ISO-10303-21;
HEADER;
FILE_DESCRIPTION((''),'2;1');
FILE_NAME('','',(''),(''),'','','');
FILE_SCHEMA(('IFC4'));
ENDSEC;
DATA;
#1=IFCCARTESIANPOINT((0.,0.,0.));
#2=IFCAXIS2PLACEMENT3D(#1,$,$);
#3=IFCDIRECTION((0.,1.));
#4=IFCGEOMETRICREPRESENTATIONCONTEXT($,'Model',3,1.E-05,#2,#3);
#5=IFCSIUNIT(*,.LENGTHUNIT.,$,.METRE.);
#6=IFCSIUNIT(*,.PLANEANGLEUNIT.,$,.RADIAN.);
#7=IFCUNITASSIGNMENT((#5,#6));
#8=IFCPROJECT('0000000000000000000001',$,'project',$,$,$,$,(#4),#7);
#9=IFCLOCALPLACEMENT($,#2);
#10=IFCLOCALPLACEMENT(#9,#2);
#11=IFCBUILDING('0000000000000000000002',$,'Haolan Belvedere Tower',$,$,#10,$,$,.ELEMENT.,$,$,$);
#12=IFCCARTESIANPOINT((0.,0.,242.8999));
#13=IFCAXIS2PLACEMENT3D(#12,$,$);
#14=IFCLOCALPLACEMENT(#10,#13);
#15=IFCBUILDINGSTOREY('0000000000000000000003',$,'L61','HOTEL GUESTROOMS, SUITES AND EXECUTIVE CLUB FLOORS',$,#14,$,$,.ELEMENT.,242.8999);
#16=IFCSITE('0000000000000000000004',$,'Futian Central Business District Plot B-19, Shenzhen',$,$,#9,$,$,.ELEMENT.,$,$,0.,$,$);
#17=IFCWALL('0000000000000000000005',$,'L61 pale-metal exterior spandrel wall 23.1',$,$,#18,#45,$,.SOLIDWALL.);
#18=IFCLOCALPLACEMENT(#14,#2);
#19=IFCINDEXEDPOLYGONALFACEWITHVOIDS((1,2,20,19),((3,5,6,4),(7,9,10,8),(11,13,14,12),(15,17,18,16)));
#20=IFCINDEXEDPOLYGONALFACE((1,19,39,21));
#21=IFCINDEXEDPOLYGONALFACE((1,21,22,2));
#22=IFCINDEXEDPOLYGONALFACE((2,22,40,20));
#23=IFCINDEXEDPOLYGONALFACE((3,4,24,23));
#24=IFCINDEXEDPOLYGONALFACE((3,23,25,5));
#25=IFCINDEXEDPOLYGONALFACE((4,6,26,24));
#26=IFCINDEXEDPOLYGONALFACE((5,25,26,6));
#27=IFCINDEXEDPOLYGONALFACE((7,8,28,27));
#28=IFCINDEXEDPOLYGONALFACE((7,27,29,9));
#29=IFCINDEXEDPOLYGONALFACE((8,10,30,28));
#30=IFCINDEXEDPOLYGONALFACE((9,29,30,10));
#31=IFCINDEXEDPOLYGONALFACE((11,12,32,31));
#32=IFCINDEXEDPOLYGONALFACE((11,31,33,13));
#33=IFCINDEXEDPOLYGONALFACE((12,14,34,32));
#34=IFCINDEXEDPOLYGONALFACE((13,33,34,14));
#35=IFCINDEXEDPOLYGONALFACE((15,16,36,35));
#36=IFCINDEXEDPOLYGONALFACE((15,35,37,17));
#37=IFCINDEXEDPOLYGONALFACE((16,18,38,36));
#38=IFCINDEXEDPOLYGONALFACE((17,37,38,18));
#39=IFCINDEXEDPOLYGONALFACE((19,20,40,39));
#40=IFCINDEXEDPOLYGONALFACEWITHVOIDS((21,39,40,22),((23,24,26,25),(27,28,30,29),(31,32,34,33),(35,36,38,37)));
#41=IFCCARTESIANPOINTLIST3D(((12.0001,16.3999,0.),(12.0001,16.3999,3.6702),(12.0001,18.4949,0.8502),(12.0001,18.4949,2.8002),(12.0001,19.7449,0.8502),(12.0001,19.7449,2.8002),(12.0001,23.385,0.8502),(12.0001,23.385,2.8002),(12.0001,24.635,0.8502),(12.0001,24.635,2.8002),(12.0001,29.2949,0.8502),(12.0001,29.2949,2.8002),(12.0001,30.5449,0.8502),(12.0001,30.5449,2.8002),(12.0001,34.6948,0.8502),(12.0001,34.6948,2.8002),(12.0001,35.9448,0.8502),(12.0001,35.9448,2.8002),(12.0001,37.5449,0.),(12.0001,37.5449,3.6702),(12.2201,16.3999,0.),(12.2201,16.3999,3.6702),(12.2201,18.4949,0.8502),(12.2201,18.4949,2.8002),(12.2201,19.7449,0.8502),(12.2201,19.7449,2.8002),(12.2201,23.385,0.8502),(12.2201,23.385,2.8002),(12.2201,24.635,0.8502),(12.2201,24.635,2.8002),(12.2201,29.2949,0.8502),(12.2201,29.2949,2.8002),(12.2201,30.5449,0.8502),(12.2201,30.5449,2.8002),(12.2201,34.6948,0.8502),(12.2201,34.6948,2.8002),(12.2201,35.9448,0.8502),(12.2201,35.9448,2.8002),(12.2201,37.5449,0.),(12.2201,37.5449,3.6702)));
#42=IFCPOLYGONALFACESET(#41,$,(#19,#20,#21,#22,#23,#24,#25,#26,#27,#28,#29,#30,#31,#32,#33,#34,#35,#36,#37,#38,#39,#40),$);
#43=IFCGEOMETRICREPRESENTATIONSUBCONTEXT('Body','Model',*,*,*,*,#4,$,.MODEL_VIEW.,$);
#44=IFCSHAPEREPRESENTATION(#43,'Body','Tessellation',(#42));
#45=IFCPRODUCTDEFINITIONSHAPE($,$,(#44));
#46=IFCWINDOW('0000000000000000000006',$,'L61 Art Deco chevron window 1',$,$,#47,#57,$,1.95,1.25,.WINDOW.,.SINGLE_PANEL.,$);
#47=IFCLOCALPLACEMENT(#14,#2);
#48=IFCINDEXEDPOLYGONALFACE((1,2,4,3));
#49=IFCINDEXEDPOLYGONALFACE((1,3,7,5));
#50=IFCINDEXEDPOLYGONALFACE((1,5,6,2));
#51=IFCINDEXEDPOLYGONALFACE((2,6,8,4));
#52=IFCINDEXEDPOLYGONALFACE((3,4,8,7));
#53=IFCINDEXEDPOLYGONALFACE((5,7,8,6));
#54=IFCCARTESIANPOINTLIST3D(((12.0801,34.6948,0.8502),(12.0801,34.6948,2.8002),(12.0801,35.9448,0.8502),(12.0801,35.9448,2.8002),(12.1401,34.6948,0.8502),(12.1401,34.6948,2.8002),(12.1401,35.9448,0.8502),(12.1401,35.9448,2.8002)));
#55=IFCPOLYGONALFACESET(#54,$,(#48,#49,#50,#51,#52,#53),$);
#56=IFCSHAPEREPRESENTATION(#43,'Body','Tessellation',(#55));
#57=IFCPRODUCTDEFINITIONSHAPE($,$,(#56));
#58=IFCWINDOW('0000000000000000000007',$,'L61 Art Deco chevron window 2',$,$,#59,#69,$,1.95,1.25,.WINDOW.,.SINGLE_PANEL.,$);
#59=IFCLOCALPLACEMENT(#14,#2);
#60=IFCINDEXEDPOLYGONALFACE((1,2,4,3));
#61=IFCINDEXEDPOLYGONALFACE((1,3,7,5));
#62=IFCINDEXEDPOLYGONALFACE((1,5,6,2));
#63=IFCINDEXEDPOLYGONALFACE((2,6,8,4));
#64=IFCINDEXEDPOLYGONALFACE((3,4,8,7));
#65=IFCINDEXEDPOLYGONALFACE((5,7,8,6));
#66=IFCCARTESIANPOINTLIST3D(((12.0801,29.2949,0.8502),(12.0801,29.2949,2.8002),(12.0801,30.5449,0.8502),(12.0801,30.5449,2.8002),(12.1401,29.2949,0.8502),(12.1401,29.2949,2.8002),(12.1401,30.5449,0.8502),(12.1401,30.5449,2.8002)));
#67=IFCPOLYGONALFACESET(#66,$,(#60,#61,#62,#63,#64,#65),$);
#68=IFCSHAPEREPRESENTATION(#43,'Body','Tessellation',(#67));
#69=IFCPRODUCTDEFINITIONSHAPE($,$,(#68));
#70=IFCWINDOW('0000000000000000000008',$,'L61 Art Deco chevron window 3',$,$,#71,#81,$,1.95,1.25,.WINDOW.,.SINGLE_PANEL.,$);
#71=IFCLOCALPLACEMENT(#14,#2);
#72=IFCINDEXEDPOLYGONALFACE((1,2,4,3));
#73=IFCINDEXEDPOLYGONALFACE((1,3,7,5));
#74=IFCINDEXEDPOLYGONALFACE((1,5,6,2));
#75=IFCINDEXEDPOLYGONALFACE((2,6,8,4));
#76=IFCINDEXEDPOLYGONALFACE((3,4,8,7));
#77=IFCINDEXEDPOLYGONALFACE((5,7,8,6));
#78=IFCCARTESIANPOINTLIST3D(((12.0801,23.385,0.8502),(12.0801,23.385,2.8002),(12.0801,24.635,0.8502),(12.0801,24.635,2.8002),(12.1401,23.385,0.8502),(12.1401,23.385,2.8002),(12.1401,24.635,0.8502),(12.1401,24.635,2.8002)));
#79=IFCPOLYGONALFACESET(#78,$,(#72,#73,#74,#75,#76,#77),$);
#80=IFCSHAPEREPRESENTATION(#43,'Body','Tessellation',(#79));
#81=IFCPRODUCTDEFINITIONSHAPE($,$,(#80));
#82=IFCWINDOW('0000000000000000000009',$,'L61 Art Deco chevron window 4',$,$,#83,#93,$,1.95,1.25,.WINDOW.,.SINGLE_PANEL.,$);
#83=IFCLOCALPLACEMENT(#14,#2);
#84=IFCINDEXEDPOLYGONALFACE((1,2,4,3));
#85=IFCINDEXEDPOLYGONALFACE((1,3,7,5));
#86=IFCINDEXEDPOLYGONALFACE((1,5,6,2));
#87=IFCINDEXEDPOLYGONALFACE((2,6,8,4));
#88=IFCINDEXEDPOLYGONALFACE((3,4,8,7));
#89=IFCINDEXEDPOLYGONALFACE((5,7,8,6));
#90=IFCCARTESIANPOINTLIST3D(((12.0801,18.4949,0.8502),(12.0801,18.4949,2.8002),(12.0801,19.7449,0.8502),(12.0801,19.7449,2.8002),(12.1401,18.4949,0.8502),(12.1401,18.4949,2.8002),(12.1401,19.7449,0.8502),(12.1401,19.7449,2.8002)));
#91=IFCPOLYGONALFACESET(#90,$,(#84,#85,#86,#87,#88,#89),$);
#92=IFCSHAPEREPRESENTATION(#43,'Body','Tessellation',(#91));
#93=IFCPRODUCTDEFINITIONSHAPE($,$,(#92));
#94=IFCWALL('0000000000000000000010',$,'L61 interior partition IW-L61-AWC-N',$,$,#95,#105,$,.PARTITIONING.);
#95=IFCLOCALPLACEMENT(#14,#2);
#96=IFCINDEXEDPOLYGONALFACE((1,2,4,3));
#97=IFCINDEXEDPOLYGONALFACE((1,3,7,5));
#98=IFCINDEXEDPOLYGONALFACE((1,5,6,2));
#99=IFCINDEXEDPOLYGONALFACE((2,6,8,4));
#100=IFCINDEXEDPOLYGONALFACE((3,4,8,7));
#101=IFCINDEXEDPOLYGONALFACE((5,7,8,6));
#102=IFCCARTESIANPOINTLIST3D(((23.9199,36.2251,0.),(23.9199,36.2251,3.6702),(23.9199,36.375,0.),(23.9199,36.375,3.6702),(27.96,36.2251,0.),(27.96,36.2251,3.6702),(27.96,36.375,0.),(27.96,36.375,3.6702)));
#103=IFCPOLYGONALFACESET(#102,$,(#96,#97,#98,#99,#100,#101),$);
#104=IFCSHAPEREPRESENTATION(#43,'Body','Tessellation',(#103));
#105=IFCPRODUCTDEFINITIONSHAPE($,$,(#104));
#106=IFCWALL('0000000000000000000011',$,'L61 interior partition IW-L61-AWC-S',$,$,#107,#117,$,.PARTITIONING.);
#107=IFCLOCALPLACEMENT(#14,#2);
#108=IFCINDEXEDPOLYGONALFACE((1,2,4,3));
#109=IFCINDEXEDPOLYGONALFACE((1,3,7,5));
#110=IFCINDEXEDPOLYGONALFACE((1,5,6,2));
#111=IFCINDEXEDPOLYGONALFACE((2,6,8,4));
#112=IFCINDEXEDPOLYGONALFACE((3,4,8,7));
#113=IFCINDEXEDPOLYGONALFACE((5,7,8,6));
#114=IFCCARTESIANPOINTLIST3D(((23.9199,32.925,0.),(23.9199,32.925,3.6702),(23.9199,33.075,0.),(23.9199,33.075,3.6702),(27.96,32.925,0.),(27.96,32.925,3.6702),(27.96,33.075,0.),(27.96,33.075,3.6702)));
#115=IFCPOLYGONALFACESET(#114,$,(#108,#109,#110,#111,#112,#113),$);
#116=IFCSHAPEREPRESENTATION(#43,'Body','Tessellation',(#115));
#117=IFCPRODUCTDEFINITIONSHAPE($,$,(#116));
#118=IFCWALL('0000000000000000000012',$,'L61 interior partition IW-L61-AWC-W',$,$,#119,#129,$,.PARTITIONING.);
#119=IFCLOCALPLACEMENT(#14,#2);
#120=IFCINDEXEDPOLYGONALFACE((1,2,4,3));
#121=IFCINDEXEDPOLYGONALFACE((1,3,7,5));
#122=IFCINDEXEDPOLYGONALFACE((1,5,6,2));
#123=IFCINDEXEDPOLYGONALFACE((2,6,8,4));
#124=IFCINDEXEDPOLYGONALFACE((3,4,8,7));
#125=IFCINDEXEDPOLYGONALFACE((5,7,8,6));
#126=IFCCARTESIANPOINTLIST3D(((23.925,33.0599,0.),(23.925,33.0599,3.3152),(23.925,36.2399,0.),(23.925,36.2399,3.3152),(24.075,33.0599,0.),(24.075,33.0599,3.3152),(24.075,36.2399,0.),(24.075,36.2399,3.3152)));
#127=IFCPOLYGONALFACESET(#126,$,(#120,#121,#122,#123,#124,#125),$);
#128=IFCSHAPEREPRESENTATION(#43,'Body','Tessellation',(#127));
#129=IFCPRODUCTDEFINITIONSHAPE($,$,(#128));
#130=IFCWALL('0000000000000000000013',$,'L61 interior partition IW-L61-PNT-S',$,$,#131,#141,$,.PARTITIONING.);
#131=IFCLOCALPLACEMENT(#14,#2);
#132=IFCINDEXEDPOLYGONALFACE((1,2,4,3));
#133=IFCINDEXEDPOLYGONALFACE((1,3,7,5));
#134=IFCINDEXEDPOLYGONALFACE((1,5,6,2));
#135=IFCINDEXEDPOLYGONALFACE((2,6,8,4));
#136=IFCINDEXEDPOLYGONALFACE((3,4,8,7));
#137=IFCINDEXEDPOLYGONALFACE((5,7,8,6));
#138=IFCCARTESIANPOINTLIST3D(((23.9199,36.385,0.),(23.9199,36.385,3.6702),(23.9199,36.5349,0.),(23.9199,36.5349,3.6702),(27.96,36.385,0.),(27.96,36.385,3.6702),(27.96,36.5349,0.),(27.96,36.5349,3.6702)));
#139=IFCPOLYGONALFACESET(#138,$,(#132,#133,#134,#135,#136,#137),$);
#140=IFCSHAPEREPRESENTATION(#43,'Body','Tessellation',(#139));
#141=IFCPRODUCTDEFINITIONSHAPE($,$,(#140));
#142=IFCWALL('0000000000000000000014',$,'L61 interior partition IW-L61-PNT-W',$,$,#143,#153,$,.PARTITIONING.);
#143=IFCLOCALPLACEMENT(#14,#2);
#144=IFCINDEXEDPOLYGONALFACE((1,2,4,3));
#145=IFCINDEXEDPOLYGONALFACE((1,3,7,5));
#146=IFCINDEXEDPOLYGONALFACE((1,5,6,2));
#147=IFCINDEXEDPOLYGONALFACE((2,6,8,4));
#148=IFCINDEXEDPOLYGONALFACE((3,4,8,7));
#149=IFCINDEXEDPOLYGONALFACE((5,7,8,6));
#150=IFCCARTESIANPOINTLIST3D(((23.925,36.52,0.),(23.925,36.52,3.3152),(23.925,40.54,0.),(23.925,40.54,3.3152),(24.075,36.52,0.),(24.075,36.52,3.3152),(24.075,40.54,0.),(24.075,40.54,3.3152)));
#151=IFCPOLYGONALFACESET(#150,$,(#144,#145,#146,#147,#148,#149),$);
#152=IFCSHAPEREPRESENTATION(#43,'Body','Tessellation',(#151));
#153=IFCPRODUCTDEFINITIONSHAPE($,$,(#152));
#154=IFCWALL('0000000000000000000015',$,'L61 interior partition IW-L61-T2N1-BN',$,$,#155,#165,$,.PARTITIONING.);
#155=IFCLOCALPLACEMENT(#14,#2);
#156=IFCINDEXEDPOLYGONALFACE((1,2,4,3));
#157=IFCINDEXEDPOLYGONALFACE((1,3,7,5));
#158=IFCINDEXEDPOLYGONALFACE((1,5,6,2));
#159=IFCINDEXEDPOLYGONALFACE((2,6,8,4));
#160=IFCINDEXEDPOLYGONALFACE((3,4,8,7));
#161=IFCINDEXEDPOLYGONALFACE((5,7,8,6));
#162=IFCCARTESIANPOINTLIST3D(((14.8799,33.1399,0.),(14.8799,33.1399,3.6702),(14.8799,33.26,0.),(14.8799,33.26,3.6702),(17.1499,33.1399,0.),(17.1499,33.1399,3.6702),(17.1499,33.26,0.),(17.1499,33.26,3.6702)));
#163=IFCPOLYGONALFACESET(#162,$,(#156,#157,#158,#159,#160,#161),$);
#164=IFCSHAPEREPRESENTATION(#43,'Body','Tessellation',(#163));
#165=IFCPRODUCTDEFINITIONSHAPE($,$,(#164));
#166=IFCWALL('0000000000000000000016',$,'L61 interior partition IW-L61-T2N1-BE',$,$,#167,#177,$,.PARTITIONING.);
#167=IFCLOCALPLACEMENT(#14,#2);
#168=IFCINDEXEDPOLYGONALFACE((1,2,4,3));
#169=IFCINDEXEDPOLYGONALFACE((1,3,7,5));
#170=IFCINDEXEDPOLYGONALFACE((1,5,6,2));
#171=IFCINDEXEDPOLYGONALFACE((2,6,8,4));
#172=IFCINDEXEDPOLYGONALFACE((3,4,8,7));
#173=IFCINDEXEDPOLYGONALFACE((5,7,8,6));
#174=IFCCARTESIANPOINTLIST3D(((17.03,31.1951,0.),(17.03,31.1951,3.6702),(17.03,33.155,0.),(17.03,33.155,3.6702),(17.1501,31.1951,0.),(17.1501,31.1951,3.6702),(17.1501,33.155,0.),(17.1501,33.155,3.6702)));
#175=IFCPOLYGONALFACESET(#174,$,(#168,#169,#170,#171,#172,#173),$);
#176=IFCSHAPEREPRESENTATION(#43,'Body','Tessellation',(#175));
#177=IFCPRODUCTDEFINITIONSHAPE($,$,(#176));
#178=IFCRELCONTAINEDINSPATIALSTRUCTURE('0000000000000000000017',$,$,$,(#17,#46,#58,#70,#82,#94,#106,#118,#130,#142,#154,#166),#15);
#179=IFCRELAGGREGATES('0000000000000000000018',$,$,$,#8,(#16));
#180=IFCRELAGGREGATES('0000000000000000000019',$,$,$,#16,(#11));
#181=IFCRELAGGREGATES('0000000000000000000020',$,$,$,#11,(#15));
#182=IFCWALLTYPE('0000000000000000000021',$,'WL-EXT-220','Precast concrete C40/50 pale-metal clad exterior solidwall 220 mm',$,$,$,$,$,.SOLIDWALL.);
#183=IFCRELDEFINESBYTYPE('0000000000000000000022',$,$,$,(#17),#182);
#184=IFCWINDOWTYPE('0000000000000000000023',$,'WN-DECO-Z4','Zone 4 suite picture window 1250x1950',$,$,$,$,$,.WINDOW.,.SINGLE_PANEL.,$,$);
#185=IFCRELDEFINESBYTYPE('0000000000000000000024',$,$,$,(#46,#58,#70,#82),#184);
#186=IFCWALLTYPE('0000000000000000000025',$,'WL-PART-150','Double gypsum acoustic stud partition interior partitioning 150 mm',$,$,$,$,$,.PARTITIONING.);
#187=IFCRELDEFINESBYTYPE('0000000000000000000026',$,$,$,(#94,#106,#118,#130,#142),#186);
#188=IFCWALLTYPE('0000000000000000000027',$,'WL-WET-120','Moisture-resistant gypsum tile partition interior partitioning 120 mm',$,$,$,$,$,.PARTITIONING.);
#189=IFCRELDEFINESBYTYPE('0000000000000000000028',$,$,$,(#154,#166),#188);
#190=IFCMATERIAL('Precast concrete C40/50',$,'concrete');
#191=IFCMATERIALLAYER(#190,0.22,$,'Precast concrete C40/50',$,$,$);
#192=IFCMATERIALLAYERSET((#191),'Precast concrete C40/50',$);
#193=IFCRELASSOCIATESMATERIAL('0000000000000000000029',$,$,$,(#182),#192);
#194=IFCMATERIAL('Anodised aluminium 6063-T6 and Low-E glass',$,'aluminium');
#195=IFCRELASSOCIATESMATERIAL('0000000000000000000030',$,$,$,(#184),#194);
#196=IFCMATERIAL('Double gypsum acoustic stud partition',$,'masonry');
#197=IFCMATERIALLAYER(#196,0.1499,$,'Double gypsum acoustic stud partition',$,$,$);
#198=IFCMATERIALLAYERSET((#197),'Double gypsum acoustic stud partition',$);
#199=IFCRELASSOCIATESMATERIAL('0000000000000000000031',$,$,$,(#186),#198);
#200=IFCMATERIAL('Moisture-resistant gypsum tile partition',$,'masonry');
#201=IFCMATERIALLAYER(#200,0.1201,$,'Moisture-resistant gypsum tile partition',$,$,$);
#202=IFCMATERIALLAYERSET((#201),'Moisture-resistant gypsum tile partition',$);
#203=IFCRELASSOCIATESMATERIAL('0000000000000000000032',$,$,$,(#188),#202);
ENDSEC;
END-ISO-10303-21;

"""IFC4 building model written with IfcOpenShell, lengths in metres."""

from ifc_helpers import new_model, si_unit, direction, frame, frame_2d, origin, place, context, subcontext, project, spatial, rectangle, extrude, material, layer, layer_set, type_object, element, fill, save


model = new_model("IFC4")

# Units and contexts
model_context = context("Model", 3, precision=1e-05, world=origin(), true_north=direction((0.0, 1.0)))
body_context = subcontext(model_context, "Body", "Model", "MODEL_VIEW")
ifc_project = project(units=[si_unit("LENGTHUNIT", "METRE"), si_unit("PLANEANGLEUNIT", "RADIAN")], contexts=[model_context])

# Site, building, storey
site_placement = place(None, origin())
site = spatial("IfcSite", under=ifc_project, at=site_placement, Name="Futian Central Business District Plot B-19, Shenzhen", CompositionType="ELEMENT", RefElevation=0.0)
building_placement = place(site_placement, origin())
building = spatial("IfcBuilding", under=site, at=building_placement, Name="Haolan Belvedere Tower", CompositionType="ELEMENT")
storey_placement = place(building_placement, frame((0.0, 0.0, 242.8999)))
storey = spatial("IfcBuildingStorey", under=building, at=storey_placement, Name="L61", Description="HOTEL GUESTROOMS, SUITES AND EXECUTIVE CLUB FLOORS", CompositionType="ELEMENT", Elevation=242.8999)

# Shared definitions
ifc_material_1 = material(Name="Precast concrete C40/50", Category="concrete")
ifc_layer_1 = layer(ifc_material_1, 0.22, Name="Precast concrete C40/50")
ifc_layer_set_1 = layer_set([ifc_layer_1], Name="Precast concrete C40/50")
wall_type_1 = type_object("IfcWallType", Name="WL-EXT-220", Description="Precast concrete C40/50 pale-metal clad exterior solidwall 220 mm", PredefinedType="SOLIDWALL", material=ifc_layer_set_1)

# Wall, openings, windows
wall_1_placement = place(storey_placement, frame((12.1101, 37.5449, 0.0), z_axis=(0.0, 0.0, 1.0), x_axis=(0.0, -1.0, 0.0)))
wall_1 = element("IfcWall", 1, at=wall_1_placement, inside=storey, type_object=wall_type_1, Name="L61 pale-metal exterior spandrel wall 23.1", PredefinedType="SOLIDWALL", context=body_context, shape_type="SweptSolid", body=[
    extrude(rectangle(XDim=21.145, YDim=0.22, at=frame_2d((10.5725, 0.0))), origin(), (0.0, 0.0, 1.0), 3.6702),
])
opening_1_placement = place(wall_1_placement, frame((1.6001, 0.0, 0.8501)))
opening_1 = element("IfcOpeningElement", 2, at=opening_1_placement, cuts=wall_1, PredefinedType="OPENING", context=body_context, shape_type="SweptSolid", body=[
    extrude(rectangle(XDim=1.25, YDim=1.95, at=frame_2d((0.625, 0.9751))), frame((0.0, 0.1199, 0.0), z_axis=(0.0, -1.0, 0.0), x_axis=(1.0, 0.0, 0.0)), (0.0, 0.0, 1.0), 0.24),
])
opening_2_placement = place(wall_1_placement, frame((7.0, 0.0, 0.8501)))
opening_2 = element("IfcOpeningElement", 3, at=opening_2_placement, cuts=wall_1, PredefinedType="OPENING", context=body_context, shape_type="SweptSolid", body=[
    extrude(rectangle(XDim=1.25, YDim=1.95, at=frame_2d((0.625, 0.9751))), frame((0.0, 0.1199, 0.0), z_axis=(0.0, -1.0, 0.0), x_axis=(1.0, 0.0, 0.0)), (0.0, 0.0, 1.0), 0.24),
])
opening_3_placement = place(wall_1_placement, frame((12.9099, 0.0, 0.8501)))
opening_3 = element("IfcOpeningElement", 4, at=opening_3_placement, cuts=wall_1, PredefinedType="OPENING", context=body_context, shape_type="SweptSolid", body=[
    extrude(rectangle(XDim=1.25, YDim=1.95, at=frame_2d((0.625, 0.9751))), frame((0.0, 0.1199, 0.0), z_axis=(0.0, -1.0, 0.0), x_axis=(1.0, 0.0, 0.0)), (0.0, 0.0, 1.0), 0.24),
])
opening_4_placement = place(wall_1_placement, frame((17.8, 0.0, 0.8501)))
opening_4 = element("IfcOpeningElement", 5, at=opening_4_placement, cuts=wall_1, PredefinedType="OPENING", context=body_context, shape_type="SweptSolid", body=[
    extrude(rectangle(XDim=1.25, YDim=1.95, at=frame_2d((0.625, 0.9751))), frame((0.0, 0.1199, 0.0), z_axis=(0.0, -1.0, 0.0), x_axis=(1.0, 0.0, 0.0)), (0.0, 0.0, 1.0), 0.24),
])
ifc_material_2 = material(Name="Anodised aluminium 6063-T6 and Low-E glass", Category="aluminium")
window_type = type_object("IfcWindowType", Name="WN-DECO-Z4", Description="Zone 4 suite picture window 1250x1950", PartitioningType="SINGLE_PANEL", PredefinedType="WINDOW", material=ifc_material_2)
window_1_placement = place(opening_1_placement, origin())
window_1 = element("IfcWindow", 6, at=window_1_placement, inside=storey, type_object=window_type, Name="L61 Art Deco chevron window 1", OverallHeight=1.95, OverallWidth=1.25, PartitioningType="SINGLE_PANEL", PredefinedType="WINDOW", context=body_context, shape_type="SweptSolid", body=[
    extrude(rectangle(XDim=1.25, YDim=1.95, at=frame_2d((0.625, 0.9751))), frame((0.0, 0.03, 0.0), z_axis=(0.0, -1.0, 0.0), x_axis=(1.0, 0.0, 0.0)), (0.0, 0.0, 1.0), 0.0601),
])
fill(opening_1, window_1)
window_2_placement = place(opening_2_placement, origin())
window_2 = element("IfcWindow", 7, at=window_2_placement, inside=storey, type_object=window_type, Name="L61 Art Deco chevron window 2", OverallHeight=1.95, OverallWidth=1.25, PartitioningType="SINGLE_PANEL", PredefinedType="WINDOW", context=body_context, shape_type="SweptSolid", body=[
    extrude(rectangle(XDim=1.25, YDim=1.95, at=frame_2d((0.625, 0.9751))), frame((0.0, 0.03, 0.0), z_axis=(0.0, -1.0, 0.0), x_axis=(1.0, 0.0, 0.0)), (0.0, 0.0, 1.0), 0.0601),
])
fill(opening_2, window_2)
window_3_placement = place(opening_3_placement, origin())
window_3 = element("IfcWindow", 8, at=window_3_placement, inside=storey, type_object=window_type, Name="L61 Art Deco chevron window 3", OverallHeight=1.95, OverallWidth=1.25, PartitioningType="SINGLE_PANEL", PredefinedType="WINDOW", context=body_context, shape_type="SweptSolid", body=[
    extrude(rectangle(XDim=1.25, YDim=1.95, at=frame_2d((0.625, 0.9751))), frame((0.0, 0.03, 0.0), z_axis=(0.0, -1.0, 0.0), x_axis=(1.0, 0.0, 0.0)), (0.0, 0.0, 1.0), 0.0601),
])
fill(opening_3, window_3)
window_4_placement = place(opening_4_placement, origin())
window_4 = element("IfcWindow", 9, at=window_4_placement, inside=storey, type_object=window_type, Name="L61 Art Deco chevron window 4", OverallHeight=1.95, OverallWidth=1.25, PartitioningType="SINGLE_PANEL", PredefinedType="WINDOW", context=body_context, shape_type="SweptSolid", body=[
    extrude(rectangle(XDim=1.25, YDim=1.95, at=frame_2d((0.625, 0.9751))), frame((0.0, 0.03, 0.0), z_axis=(0.0, -1.0, 0.0), x_axis=(1.0, 0.0, 0.0)), (0.0, 0.0, 1.0), 0.0601),
])
fill(opening_4, window_4)

# Walls
ifc_material_3 = material(Name="Double gypsum acoustic stud partition", Category="masonry")
ifc_layer_2 = layer(ifc_material_3, 0.1499, Name="Double gypsum acoustic stud partition")
ifc_layer_set_2 = layer_set([ifc_layer_2], Name="Double gypsum acoustic stud partition")
wall_type_2 = type_object("IfcWallType", Name="WL-PART-150", Description="Double gypsum acoustic stud partition interior partitioning 150 mm", PredefinedType="PARTITIONING", material=ifc_layer_set_2)
for number, where, z_axis, x_axis, name in (
    (10, (23.9199, 36.3, 0.0), (0.0, 0.0, 1.0), (1.0, 0.0, 0.0), "L61 interior partition IW-L61-AWC-N"),
    (11, (23.9199, 33.0, 0.0), (0.0, 0.0, 1.0), (1.0, 0.0, 0.0), "L61 interior partition IW-L61-AWC-S"),
):
    element("IfcWall", number, at=place(storey_placement, frame(where, z_axis=z_axis, x_axis=x_axis)), inside=storey, type_object=wall_type_2, Name=name, PredefinedType="PARTITIONING", context=body_context, shape_type="SweptSolid", body=[
        extrude(rectangle(XDim=4.04, YDim=0.1499, at=frame_2d((2.02, 0.0))), origin(), (0.0, 0.0, 1.0), 3.6702),
    ])
wall_2_placement = place(storey_placement, frame((24.0, 33.0601, 0.0), z_axis=(0.0, 0.0, 1.0), x_axis=(0.0, 1.0, 0.0)))
element("IfcWall", 12, at=wall_2_placement, inside=storey, type_object=wall_type_2, Name="L61 interior partition IW-L61-AWC-W", PredefinedType="PARTITIONING", context=body_context, shape_type="SweptSolid", body=[
    extrude(rectangle(XDim=3.1799, YDim=0.1499, at=frame_2d((1.5898, 0.0))), origin(), (0.0, 0.0, 1.0), 3.3152),
])
wall_3_placement = place(storey_placement, frame((23.9199, 36.46, 0.0), z_axis=(0.0, 0.0, 1.0), x_axis=(1.0, 0.0, 0.0)))
element("IfcWall", 13, at=wall_3_placement, inside=storey, type_object=wall_type_2, Name="L61 interior partition IW-L61-PNT-S", PredefinedType="PARTITIONING", context=body_context, shape_type="SweptSolid", body=[
    extrude(rectangle(XDim=4.04, YDim=0.1499, at=frame_2d((2.02, 0.0))), origin(), (0.0, 0.0, 1.0), 3.6702),
])
wall_4_placement = place(storey_placement, frame((24.0, 36.52, 0.0), z_axis=(0.0, 0.0, 1.0), x_axis=(0.0, 1.0, 0.0)))
element("IfcWall", 14, at=wall_4_placement, inside=storey, type_object=wall_type_2, Name="L61 interior partition IW-L61-PNT-W", PredefinedType="PARTITIONING", context=body_context, shape_type="SweptSolid", body=[
    extrude(rectangle(XDim=4.02, YDim=0.1499, at=frame_2d((2.01, 0.0))), origin(), (0.0, 0.0, 1.0), 3.3152),
])
ifc_material_4 = material(Name="Moisture-resistant gypsum tile partition", Category="masonry")
ifc_layer_3 = layer(ifc_material_4, 0.1201, Name="Moisture-resistant gypsum tile partition")
ifc_layer_set_3 = layer_set([ifc_layer_3], Name="Moisture-resistant gypsum tile partition")
wall_type_3 = type_object("IfcWallType", Name="WL-WET-120", Description="Moisture-resistant gypsum tile partition interior partitioning 120 mm", PredefinedType="PARTITIONING", material=ifc_layer_set_3)
wall_5_placement = place(storey_placement, frame((14.8799, 33.2, 0.0), z_axis=(0.0, 0.0, 1.0), x_axis=(1.0, 0.0, 0.0)))
element("IfcWall", 15, at=wall_5_placement, inside=storey, type_object=wall_type_3, Name="L61 interior partition IW-L61-T2N1-BN", PredefinedType="PARTITIONING", context=body_context, shape_type="SweptSolid", body=[
    extrude(rectangle(XDim=2.27, YDim=0.1201, at=frame_2d((1.135, 0.0))), origin(), (0.0, 0.0, 1.0), 3.6702),
])
wall_6_placement = place(storey_placement, frame((17.0901, 31.1951, 0.0), z_axis=(0.0, 0.0, 1.0), x_axis=(0.0, 1.0, 0.0)))
element("IfcWall", 16, at=wall_6_placement, inside=storey, type_object=wall_type_3, Name="L61 interior partition IW-L61-T2N1-BE", PredefinedType="PARTITIONING", context=body_context, shape_type="SweptSolid", body=[
    extrude(rectangle(XDim=1.96, YDim=0.1201, at=frame_2d((0.98, 0.0))), origin(), (0.0, 0.0, 1.0), 3.6702),
])

save(model, "model.ifc")
